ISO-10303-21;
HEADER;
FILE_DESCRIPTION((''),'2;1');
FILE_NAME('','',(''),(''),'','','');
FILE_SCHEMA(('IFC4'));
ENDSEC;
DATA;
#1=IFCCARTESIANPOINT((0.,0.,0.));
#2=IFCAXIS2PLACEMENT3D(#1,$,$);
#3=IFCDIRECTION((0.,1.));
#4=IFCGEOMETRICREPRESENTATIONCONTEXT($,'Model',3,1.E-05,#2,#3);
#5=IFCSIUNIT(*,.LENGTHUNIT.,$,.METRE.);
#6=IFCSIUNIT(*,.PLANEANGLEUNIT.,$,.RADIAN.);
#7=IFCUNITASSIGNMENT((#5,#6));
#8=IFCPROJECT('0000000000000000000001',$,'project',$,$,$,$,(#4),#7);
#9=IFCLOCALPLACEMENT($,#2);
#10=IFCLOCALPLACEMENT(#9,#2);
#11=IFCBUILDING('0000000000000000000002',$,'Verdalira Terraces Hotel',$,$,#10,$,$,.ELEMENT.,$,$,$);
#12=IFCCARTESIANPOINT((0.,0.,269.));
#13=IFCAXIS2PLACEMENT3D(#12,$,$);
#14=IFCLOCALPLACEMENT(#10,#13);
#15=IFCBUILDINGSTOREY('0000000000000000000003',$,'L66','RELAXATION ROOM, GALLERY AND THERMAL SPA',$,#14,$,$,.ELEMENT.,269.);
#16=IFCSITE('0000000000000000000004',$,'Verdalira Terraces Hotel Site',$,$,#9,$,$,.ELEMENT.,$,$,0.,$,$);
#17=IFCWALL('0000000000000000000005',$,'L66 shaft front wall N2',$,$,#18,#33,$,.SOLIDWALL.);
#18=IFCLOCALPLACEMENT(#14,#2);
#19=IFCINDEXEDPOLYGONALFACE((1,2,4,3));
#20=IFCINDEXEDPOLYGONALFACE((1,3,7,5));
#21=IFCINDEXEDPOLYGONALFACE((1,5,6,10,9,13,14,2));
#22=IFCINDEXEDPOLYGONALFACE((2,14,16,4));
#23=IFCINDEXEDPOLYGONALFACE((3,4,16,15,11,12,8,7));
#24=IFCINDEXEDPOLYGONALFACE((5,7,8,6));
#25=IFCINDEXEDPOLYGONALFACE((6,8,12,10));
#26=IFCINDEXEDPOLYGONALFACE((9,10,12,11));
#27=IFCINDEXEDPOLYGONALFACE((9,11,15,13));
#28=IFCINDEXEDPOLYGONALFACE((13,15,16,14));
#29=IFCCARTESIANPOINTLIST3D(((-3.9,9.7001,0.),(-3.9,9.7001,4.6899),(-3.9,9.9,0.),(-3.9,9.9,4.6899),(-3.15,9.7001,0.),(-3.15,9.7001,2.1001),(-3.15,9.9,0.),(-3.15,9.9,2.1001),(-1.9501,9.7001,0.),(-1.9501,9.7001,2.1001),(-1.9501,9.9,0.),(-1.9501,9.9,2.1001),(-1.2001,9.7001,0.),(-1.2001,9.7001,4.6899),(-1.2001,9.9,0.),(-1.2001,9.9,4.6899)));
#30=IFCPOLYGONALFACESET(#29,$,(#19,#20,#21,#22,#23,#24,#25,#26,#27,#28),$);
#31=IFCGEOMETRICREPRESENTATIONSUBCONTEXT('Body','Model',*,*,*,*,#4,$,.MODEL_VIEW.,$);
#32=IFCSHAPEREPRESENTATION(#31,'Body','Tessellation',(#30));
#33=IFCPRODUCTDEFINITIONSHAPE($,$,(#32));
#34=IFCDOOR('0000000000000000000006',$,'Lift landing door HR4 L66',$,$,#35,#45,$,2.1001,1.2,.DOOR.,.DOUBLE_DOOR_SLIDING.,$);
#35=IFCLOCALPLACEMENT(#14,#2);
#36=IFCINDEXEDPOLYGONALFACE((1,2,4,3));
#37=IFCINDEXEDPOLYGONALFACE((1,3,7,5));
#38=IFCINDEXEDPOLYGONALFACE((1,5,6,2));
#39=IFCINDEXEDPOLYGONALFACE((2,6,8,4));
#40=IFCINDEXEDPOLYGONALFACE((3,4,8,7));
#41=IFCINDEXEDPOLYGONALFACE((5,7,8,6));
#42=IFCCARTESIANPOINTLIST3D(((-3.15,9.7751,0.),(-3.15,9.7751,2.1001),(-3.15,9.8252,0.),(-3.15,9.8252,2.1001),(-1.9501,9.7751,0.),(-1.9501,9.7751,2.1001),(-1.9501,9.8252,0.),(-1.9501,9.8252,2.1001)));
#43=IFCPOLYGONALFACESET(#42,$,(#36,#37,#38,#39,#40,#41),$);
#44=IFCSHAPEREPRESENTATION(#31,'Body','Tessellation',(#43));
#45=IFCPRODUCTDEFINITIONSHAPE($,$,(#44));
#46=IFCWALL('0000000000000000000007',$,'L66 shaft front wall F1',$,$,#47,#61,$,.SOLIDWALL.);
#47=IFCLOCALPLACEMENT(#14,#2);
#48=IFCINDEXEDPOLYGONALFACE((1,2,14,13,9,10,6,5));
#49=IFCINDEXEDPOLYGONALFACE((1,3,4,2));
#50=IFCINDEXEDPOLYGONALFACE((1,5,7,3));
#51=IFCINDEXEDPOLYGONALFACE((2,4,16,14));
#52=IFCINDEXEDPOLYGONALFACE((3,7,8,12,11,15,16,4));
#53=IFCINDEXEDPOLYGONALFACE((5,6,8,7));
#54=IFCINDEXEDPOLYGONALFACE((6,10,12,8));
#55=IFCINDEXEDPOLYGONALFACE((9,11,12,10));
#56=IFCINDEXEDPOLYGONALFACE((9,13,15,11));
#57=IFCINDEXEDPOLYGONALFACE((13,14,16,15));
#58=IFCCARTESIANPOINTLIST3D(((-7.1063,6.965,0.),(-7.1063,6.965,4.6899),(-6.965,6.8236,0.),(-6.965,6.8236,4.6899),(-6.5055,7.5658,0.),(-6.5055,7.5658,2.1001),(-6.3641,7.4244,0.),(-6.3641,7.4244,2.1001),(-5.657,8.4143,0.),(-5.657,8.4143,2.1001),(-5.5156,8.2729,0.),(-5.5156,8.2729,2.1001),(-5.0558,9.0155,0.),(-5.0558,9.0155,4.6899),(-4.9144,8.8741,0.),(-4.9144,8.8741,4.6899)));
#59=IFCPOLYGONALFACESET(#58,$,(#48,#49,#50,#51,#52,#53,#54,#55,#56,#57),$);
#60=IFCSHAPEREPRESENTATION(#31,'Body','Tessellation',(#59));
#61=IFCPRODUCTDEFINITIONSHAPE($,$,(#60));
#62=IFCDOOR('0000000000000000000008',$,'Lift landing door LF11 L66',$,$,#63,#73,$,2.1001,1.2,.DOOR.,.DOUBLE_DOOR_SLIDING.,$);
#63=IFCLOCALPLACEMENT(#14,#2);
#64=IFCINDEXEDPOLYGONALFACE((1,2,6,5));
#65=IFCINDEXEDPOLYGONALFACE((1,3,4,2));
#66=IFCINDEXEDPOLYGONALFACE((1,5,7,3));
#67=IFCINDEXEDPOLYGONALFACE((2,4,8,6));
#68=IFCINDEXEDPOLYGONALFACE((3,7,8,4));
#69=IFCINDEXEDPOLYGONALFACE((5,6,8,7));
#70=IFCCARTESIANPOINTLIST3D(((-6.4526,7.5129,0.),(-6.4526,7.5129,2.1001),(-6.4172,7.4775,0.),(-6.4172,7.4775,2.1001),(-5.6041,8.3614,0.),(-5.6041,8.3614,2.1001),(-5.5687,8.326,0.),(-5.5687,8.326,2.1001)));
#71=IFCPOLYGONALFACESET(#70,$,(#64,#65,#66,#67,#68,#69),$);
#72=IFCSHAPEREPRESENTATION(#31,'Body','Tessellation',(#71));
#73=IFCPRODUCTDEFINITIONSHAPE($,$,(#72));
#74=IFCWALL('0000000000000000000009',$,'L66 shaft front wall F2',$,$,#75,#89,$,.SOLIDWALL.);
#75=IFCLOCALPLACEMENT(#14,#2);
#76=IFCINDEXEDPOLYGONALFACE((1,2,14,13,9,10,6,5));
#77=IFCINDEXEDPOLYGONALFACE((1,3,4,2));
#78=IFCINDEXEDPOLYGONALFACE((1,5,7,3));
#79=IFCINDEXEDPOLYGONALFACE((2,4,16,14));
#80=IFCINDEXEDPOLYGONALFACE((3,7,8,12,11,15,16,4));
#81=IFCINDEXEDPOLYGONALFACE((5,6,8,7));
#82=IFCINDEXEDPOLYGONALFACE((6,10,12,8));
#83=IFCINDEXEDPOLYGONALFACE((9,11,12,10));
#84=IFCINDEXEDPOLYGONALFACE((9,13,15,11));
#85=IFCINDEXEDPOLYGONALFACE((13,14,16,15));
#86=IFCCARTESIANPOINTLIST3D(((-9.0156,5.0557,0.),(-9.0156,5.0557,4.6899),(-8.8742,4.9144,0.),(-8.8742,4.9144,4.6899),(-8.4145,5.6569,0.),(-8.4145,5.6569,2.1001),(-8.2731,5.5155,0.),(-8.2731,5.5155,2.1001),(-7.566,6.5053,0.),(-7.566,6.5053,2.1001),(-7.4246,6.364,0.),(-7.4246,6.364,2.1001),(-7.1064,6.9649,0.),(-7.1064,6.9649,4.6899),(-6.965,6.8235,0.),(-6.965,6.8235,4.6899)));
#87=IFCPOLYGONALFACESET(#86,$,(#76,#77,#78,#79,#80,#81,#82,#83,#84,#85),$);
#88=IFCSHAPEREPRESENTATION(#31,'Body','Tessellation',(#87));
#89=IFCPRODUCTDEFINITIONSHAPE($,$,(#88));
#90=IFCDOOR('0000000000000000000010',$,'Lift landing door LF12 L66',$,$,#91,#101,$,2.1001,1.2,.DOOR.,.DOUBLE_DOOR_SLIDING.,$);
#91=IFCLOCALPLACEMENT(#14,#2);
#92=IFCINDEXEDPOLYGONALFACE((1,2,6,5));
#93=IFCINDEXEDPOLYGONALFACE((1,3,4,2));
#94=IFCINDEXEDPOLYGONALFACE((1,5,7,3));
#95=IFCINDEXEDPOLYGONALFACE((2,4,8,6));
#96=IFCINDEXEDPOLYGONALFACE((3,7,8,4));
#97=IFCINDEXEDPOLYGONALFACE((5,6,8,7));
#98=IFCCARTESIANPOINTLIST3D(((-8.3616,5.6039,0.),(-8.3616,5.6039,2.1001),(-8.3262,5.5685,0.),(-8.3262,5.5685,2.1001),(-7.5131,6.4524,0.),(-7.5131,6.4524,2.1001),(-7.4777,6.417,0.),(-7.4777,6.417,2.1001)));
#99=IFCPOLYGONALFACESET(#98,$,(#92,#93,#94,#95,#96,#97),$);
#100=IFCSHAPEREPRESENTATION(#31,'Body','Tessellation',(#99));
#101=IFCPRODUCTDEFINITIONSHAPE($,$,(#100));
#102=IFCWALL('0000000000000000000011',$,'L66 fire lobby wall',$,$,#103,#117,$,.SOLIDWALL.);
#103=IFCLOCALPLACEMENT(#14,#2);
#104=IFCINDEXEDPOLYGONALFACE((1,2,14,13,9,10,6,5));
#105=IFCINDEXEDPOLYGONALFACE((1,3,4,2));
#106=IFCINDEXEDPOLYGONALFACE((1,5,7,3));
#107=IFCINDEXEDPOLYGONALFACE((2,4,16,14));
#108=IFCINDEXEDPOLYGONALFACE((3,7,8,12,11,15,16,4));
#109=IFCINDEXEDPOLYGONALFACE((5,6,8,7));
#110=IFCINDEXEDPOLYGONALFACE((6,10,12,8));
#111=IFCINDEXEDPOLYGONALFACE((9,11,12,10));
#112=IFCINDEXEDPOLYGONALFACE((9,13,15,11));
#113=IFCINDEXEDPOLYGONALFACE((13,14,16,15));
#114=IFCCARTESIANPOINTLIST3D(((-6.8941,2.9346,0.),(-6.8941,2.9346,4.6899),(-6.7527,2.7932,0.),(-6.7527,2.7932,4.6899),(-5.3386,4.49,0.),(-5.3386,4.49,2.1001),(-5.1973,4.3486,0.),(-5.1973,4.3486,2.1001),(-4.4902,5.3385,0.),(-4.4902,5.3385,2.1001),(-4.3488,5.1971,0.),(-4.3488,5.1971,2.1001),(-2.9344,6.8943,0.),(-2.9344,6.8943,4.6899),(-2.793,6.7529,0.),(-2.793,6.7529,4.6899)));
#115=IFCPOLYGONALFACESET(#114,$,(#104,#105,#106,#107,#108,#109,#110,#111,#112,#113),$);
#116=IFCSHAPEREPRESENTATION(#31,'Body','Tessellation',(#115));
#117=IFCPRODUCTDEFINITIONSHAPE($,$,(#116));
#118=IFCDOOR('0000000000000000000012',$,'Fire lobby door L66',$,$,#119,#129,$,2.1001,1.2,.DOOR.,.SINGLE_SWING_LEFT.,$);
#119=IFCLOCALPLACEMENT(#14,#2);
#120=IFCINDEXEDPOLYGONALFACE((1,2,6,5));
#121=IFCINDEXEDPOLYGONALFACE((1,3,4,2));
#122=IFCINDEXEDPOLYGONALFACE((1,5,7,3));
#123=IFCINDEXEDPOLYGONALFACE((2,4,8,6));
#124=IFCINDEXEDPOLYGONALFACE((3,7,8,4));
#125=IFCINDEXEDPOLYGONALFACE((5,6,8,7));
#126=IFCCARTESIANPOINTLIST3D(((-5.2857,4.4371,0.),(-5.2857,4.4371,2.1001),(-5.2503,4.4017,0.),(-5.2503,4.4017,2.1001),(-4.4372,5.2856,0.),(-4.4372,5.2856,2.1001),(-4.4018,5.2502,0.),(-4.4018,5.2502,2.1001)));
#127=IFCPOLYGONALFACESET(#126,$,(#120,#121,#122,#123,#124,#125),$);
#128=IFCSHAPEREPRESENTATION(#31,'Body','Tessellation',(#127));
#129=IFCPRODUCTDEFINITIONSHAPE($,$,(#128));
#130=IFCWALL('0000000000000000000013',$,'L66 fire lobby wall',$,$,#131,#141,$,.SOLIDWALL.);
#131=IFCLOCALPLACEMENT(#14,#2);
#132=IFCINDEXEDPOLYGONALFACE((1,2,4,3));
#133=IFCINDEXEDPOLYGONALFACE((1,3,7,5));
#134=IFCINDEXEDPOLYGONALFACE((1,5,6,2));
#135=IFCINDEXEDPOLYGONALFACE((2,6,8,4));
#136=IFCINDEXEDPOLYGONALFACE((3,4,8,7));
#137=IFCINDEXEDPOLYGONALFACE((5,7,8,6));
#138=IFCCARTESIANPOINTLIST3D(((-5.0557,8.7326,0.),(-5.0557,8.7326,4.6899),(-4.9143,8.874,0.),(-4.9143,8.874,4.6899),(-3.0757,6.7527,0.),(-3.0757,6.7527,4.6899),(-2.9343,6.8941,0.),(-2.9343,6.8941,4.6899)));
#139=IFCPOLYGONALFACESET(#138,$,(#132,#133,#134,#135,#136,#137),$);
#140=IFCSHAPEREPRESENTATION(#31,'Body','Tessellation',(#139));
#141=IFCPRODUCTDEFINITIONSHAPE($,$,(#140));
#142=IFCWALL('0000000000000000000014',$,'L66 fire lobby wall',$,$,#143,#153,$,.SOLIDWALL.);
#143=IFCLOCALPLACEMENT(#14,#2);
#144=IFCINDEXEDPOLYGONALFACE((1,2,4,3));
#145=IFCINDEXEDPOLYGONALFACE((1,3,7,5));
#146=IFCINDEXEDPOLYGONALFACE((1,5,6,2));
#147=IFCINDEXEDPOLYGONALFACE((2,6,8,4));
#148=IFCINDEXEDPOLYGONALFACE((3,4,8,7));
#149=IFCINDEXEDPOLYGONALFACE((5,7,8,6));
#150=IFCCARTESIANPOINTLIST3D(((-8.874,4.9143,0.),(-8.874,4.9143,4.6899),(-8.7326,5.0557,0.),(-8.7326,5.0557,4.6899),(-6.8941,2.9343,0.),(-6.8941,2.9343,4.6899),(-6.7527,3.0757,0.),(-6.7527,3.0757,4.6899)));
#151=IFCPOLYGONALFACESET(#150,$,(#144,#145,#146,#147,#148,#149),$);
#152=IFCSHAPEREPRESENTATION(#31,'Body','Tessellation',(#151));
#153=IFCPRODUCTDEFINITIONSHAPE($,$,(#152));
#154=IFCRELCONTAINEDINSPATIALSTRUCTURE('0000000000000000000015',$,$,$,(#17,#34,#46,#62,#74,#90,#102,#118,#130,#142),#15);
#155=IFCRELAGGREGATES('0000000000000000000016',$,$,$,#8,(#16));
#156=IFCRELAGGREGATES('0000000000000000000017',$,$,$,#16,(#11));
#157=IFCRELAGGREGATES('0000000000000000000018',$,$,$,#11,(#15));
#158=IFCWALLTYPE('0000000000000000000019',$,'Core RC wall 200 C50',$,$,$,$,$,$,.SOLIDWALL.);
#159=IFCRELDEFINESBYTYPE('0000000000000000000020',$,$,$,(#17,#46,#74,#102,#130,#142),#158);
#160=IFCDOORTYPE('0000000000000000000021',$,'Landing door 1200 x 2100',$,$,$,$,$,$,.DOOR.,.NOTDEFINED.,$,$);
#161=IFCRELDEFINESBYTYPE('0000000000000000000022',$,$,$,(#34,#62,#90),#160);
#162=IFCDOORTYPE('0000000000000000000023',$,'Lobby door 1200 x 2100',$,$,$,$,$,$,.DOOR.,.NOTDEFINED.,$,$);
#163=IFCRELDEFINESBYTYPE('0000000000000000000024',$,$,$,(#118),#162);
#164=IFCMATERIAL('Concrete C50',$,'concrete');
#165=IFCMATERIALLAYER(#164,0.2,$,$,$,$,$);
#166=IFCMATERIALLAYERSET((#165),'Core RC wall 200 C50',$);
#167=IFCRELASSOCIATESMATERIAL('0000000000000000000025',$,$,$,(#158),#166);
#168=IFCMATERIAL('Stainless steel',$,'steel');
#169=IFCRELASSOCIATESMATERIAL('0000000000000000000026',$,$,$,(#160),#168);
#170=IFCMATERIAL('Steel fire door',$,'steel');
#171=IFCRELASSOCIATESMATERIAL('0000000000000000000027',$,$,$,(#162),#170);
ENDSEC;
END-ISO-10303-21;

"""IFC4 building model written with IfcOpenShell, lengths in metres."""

from ifc_helpers import new_model, si_unit, direction, frame, frame_2d, origin, place, context, subcontext, project, spatial, rectangle, extrude, material, layer, layer_set, type_object, element, fill, save


model = new_model("IFC4")

# Units and contexts
model_context = context("Model", 3, precision=1e-05, world=origin(), true_north=direction((0.0, 1.0)))
body_context = subcontext(model_context, "Body", "Model", "MODEL_VIEW")
ifc_project = project(units=[si_unit("LENGTHUNIT", "METRE"), si_unit("PLANEANGLEUNIT", "RADIAN")], contexts=[model_context])

# Site, building, storey
site_placement = place(None, origin())
site = spatial("IfcSite", under=ifc_project, at=site_placement, Name="Verdalira Terraces Hotel Site", CompositionType="ELEMENT", RefElevation=0.0)
building_placement = place(site_placement, origin())
building = spatial("IfcBuilding", under=site, at=building_placement, Name="Verdalira Terraces Hotel", CompositionType="ELEMENT")
storey_placement = place(building_placement, frame((0.0, 0.0, 269.0)))
storey = spatial("IfcBuildingStorey", under=building, at=storey_placement, Name="L66", Description="RELAXATION ROOM, GALLERY AND THERMAL SPA", CompositionType="ELEMENT", Elevation=269.0)

# Walls, openings, doors
ifc_material_1 = material(Name="Concrete C50", Category="concrete")
ifc_layer_1 = layer(ifc_material_1, 0.2)
ifc_layer_set_1 = layer_set([ifc_layer_1], Name="Core RC wall 200 C50")
wall_type_1 = type_object("IfcWallType", Name="Core RC wall 200 C50", PredefinedType="SOLIDWALL", material=ifc_layer_set_1)
wall_1_placement = place(storey_placement, frame((-1.2, 9.8, 0.0), z_axis=(0.0, 0.0, 1.0), x_axis=(-1.0, 0.0, 0.0)))
wall_1 = element("IfcWall", 1, at=wall_1_placement, inside=storey, type_object=wall_type_1, Name="L66 shaft front wall N2", PredefinedType="SOLIDWALL", context=body_context, shape_type="SweptSolid", body=[
    extrude(rectangle(XDim=2.7, YDim=0.2, at=frame_2d((1.3501, 0.0))), origin(), (0.0, 0.0, 1.0), 4.6899),
])
opening_1_placement = place(wall_1_placement, frame((0.75, 0.0, 0.0)))
opening_1 = element("IfcOpeningElement", 2, at=opening_1_placement, cuts=wall_1, PredefinedType="OPENING", context=body_context, shape_type="SweptSolid", body=[
    extrude(rectangle(XDim=1.2, YDim=2.1001, at=frame_2d((0.6001, 1.05))), frame((0.0, 0.1099, 0.0), z_axis=(0.0, -1.0, 0.0), x_axis=(1.0, 0.0, 0.0)), (0.0, 0.0, 1.0), 0.22),
])
ifc_material_2 = material(Name="Stainless steel", Category="steel")
door_type_1 = type_object("IfcDoorType", Name="Landing door 1200 x 2100", OperationType="NOTDEFINED", PredefinedType="DOOR", material=ifc_material_2)
door_1_placement = place(opening_1_placement, origin())
door_1 = element("IfcDoor", 3, at=door_1_placement, inside=storey, type_object=door_type_1, Name="Lift landing door HR4 L66", OperationType="DOUBLE_DOOR_SLIDING", OverallHeight=2.1001, OverallWidth=1.2, PredefinedType="DOOR", context=body_context, shape_type="SweptSolid", body=[
    extrude(rectangle(XDim=1.2, YDim=2.1001, at=frame_2d((0.6001, 1.05))), frame((0.0, 0.0249, 0.0), z_axis=(0.0, -1.0, 0.0), x_axis=(1.0, 0.0, 0.0)), (0.0, 0.0, 1.0), 0.05),
])
fill(opening_1, door_1)
wall_2_placement = place(storey_placement, frame((-4.9851, 8.9448, 0.0), z_axis=(0.0, 0.0, 1.0), x_axis=(-0.707107, -0.707107, 0.0)))
wall_2 = element("IfcWall", 4, at=wall_2_placement, inside=storey, type_object=wall_type_1, Name="L66 shaft front wall F1", PredefinedType="SOLIDWALL", context=body_context, shape_type="SweptSolid", body=[
    extrude(rectangle(XDim=2.8999, YDim=0.2, at=frame_2d((1.45, 0.0))), origin(), (0.0, 0.0, 1.0), 4.6899),
])
opening_2_placement = place(wall_2_placement, frame((0.8501, 0.0, 0.0)))
opening_2 = element("IfcOpeningElement", 5, at=opening_2_placement, cuts=wall_2, PredefinedType="OPENING", context=body_context, shape_type="SweptSolid", body=[
    extrude(rectangle(XDim=1.2, YDim=2.1001, at=frame_2d((0.6001, 1.05))), frame((0.0, 0.1099, 0.0), z_axis=(0.0, -1.0, 0.0), x_axis=(1.0, 0.0, 0.0)), (0.0, 0.0, 1.0), 0.22),
])
door_2_placement = place(opening_2_placement, origin())
door_2 = element("IfcDoor", 6, at=door_2_placement, inside=storey, type_object=door_type_1, Name="Lift landing door LF11 L66", OperationType="DOUBLE_DOOR_SLIDING", OverallHeight=2.1001, OverallWidth=1.2, PredefinedType="DOOR", context=body_context, shape_type="SweptSolid", body=[
    extrude(rectangle(XDim=1.2, YDim=2.1001, at=frame_2d((0.6001, 1.05))), frame((0.0, 0.0249, 0.0), z_axis=(0.0, -1.0, 0.0), x_axis=(1.0, 0.0, 0.0)), (0.0, 0.0, 1.0), 0.05),
])
fill(opening_2, door_2)
wall_3_placement = place(storey_placement, frame((-7.0356, 6.8943, 0.0), z_axis=(0.0, 0.0, 1.0), x_axis=(-0.707107, -0.707107, 0.0)))
wall_3 = element("IfcWall", 7, at=wall_3_placement, inside=storey, type_object=wall_type_1, Name="L66 shaft front wall F2", PredefinedType="SOLIDWALL", context=body_context, shape_type="SweptSolid", body=[
    extrude(rectangle(XDim=2.7, YDim=0.2, at=frame_2d((1.3501, 0.0))), origin(), (0.0, 0.0, 1.0), 4.6899),
])
opening_3_placement = place(wall_3_placement, frame((0.6499, 0.0, 0.0)))
opening_3 = element("IfcOpeningElement", 8, at=opening_3_placement, cuts=wall_3, PredefinedType="OPENING", context=body_context, shape_type="SweptSolid", body=[
    extrude(rectangle(XDim=1.2, YDim=2.1001, at=frame_2d((0.6001, 1.05))), frame((0.0, 0.1099, 0.0), z_axis=(0.0, -1.0, 0.0), x_axis=(1.0, 0.0, 0.0)), (0.0, 0.0, 1.0), 0.22),
])
door_3_placement = place(opening_3_placement, origin())
door_3 = element("IfcDoor", 9, at=door_3_placement, inside=storey, type_object=door_type_1, Name="Lift landing door LF12 L66", OperationType="DOUBLE_DOOR_SLIDING", OverallHeight=2.1001, OverallWidth=1.2, PredefinedType="DOOR", context=body_context, shape_type="SweptSolid", body=[
    extrude(rectangle(XDim=1.2, YDim=2.1001, at=frame_2d((0.6001, 1.05))), frame((0.0, 0.0249, 0.0), z_axis=(0.0, -1.0, 0.0), x_axis=(1.0, 0.0, 0.0)), (0.0, 0.0, 1.0), 0.05),
])
fill(opening_3, door_3)
wall_4_placement = place(storey_placement, frame((-2.8638, 6.8235, 0.0), z_axis=(0.0, 0.0, 1.0), x_axis=(-0.707107, -0.707107, 0.0)))
wall_4 = element("IfcWall", 10, at=wall_4_placement, inside=storey, type_object=wall_type_1, Name="L66 fire lobby wall", PredefinedType="SOLIDWALL", context=body_context, shape_type="SweptSolid", body=[
    extrude(rectangle(XDim=5.5999, YDim=0.2, at=frame_2d((2.7998, 0.0))), origin(), (0.0, 0.0, 1.0), 4.6899),
])
opening_4_placement = place(wall_4_placement, frame((2.2, 0.0, 0.0)))
opening_4 = element("IfcOpeningElement", 11, at=opening_4_placement, cuts=wall_4, PredefinedType="OPENING", context=body_context, shape_type="SweptSolid", body=[
    extrude(rectangle(XDim=1.2, YDim=2.1001, at=frame_2d((0.6001, 1.05))), frame((0.0, 0.1099, 0.0), z_axis=(0.0, -1.0, 0.0), x_axis=(1.0, 0.0, 0.0)), (0.0, 0.0, 1.0), 0.22),
])
ifc_material_3 = material(Name="Steel fire door", Category="steel")
door_type_2 = type_object("IfcDoorType", Name="Lobby door 1200 x 2100", OperationType="NOTDEFINED", PredefinedType="DOOR", material=ifc_material_3)
door_4_placement = place(opening_4_placement, origin())
door_4 = element("IfcDoor", 12, at=door_4_placement, inside=storey, type_object=door_type_2, Name="Fire lobby door L66", OperationType="SINGLE_SWING_LEFT", OverallHeight=2.1001, OverallWidth=1.2, PredefinedType="DOOR", context=body_context, shape_type="SweptSolid", body=[
    extrude(rectangle(XDim=1.2, YDim=2.1001, at=frame_2d((0.6001, 1.05))), frame((0.0, 0.0249, 0.0), z_axis=(0.0, -1.0, 0.0), x_axis=(1.0, 0.0, 0.0)), (0.0, 0.0, 1.0), 0.05),
])
fill(opening_4, door_4)

# Walls
for number, where, z_axis, x_axis, name in (
    (13, (-3.0051, 6.8235, 0.0), (0.0, 0.0, 1.0), (-0.707107, 0.707107, 0.0), "L66 fire lobby wall"),
    (14, (-6.8235, 3.0051, 0.0), (0.0, 0.0, 1.0), (-0.707107, 0.707107, 0.0), "L66 fire lobby wall"),
):
    element("IfcWall", number, at=place(storey_placement, frame(where, z_axis=z_axis, x_axis=x_axis)), inside=storey, type_object=wall_type_1, Name=name, PredefinedType="SOLIDWALL", context=body_context, shape_type="SweptSolid", body=[
        extrude(rectangle(XDim=2.8, YDim=0.2, at=frame_2d((1.3999, 0.0))), origin(), (0.0, 0.0, 1.0), 4.6899),
    ])

save(model, "model.ifc")
